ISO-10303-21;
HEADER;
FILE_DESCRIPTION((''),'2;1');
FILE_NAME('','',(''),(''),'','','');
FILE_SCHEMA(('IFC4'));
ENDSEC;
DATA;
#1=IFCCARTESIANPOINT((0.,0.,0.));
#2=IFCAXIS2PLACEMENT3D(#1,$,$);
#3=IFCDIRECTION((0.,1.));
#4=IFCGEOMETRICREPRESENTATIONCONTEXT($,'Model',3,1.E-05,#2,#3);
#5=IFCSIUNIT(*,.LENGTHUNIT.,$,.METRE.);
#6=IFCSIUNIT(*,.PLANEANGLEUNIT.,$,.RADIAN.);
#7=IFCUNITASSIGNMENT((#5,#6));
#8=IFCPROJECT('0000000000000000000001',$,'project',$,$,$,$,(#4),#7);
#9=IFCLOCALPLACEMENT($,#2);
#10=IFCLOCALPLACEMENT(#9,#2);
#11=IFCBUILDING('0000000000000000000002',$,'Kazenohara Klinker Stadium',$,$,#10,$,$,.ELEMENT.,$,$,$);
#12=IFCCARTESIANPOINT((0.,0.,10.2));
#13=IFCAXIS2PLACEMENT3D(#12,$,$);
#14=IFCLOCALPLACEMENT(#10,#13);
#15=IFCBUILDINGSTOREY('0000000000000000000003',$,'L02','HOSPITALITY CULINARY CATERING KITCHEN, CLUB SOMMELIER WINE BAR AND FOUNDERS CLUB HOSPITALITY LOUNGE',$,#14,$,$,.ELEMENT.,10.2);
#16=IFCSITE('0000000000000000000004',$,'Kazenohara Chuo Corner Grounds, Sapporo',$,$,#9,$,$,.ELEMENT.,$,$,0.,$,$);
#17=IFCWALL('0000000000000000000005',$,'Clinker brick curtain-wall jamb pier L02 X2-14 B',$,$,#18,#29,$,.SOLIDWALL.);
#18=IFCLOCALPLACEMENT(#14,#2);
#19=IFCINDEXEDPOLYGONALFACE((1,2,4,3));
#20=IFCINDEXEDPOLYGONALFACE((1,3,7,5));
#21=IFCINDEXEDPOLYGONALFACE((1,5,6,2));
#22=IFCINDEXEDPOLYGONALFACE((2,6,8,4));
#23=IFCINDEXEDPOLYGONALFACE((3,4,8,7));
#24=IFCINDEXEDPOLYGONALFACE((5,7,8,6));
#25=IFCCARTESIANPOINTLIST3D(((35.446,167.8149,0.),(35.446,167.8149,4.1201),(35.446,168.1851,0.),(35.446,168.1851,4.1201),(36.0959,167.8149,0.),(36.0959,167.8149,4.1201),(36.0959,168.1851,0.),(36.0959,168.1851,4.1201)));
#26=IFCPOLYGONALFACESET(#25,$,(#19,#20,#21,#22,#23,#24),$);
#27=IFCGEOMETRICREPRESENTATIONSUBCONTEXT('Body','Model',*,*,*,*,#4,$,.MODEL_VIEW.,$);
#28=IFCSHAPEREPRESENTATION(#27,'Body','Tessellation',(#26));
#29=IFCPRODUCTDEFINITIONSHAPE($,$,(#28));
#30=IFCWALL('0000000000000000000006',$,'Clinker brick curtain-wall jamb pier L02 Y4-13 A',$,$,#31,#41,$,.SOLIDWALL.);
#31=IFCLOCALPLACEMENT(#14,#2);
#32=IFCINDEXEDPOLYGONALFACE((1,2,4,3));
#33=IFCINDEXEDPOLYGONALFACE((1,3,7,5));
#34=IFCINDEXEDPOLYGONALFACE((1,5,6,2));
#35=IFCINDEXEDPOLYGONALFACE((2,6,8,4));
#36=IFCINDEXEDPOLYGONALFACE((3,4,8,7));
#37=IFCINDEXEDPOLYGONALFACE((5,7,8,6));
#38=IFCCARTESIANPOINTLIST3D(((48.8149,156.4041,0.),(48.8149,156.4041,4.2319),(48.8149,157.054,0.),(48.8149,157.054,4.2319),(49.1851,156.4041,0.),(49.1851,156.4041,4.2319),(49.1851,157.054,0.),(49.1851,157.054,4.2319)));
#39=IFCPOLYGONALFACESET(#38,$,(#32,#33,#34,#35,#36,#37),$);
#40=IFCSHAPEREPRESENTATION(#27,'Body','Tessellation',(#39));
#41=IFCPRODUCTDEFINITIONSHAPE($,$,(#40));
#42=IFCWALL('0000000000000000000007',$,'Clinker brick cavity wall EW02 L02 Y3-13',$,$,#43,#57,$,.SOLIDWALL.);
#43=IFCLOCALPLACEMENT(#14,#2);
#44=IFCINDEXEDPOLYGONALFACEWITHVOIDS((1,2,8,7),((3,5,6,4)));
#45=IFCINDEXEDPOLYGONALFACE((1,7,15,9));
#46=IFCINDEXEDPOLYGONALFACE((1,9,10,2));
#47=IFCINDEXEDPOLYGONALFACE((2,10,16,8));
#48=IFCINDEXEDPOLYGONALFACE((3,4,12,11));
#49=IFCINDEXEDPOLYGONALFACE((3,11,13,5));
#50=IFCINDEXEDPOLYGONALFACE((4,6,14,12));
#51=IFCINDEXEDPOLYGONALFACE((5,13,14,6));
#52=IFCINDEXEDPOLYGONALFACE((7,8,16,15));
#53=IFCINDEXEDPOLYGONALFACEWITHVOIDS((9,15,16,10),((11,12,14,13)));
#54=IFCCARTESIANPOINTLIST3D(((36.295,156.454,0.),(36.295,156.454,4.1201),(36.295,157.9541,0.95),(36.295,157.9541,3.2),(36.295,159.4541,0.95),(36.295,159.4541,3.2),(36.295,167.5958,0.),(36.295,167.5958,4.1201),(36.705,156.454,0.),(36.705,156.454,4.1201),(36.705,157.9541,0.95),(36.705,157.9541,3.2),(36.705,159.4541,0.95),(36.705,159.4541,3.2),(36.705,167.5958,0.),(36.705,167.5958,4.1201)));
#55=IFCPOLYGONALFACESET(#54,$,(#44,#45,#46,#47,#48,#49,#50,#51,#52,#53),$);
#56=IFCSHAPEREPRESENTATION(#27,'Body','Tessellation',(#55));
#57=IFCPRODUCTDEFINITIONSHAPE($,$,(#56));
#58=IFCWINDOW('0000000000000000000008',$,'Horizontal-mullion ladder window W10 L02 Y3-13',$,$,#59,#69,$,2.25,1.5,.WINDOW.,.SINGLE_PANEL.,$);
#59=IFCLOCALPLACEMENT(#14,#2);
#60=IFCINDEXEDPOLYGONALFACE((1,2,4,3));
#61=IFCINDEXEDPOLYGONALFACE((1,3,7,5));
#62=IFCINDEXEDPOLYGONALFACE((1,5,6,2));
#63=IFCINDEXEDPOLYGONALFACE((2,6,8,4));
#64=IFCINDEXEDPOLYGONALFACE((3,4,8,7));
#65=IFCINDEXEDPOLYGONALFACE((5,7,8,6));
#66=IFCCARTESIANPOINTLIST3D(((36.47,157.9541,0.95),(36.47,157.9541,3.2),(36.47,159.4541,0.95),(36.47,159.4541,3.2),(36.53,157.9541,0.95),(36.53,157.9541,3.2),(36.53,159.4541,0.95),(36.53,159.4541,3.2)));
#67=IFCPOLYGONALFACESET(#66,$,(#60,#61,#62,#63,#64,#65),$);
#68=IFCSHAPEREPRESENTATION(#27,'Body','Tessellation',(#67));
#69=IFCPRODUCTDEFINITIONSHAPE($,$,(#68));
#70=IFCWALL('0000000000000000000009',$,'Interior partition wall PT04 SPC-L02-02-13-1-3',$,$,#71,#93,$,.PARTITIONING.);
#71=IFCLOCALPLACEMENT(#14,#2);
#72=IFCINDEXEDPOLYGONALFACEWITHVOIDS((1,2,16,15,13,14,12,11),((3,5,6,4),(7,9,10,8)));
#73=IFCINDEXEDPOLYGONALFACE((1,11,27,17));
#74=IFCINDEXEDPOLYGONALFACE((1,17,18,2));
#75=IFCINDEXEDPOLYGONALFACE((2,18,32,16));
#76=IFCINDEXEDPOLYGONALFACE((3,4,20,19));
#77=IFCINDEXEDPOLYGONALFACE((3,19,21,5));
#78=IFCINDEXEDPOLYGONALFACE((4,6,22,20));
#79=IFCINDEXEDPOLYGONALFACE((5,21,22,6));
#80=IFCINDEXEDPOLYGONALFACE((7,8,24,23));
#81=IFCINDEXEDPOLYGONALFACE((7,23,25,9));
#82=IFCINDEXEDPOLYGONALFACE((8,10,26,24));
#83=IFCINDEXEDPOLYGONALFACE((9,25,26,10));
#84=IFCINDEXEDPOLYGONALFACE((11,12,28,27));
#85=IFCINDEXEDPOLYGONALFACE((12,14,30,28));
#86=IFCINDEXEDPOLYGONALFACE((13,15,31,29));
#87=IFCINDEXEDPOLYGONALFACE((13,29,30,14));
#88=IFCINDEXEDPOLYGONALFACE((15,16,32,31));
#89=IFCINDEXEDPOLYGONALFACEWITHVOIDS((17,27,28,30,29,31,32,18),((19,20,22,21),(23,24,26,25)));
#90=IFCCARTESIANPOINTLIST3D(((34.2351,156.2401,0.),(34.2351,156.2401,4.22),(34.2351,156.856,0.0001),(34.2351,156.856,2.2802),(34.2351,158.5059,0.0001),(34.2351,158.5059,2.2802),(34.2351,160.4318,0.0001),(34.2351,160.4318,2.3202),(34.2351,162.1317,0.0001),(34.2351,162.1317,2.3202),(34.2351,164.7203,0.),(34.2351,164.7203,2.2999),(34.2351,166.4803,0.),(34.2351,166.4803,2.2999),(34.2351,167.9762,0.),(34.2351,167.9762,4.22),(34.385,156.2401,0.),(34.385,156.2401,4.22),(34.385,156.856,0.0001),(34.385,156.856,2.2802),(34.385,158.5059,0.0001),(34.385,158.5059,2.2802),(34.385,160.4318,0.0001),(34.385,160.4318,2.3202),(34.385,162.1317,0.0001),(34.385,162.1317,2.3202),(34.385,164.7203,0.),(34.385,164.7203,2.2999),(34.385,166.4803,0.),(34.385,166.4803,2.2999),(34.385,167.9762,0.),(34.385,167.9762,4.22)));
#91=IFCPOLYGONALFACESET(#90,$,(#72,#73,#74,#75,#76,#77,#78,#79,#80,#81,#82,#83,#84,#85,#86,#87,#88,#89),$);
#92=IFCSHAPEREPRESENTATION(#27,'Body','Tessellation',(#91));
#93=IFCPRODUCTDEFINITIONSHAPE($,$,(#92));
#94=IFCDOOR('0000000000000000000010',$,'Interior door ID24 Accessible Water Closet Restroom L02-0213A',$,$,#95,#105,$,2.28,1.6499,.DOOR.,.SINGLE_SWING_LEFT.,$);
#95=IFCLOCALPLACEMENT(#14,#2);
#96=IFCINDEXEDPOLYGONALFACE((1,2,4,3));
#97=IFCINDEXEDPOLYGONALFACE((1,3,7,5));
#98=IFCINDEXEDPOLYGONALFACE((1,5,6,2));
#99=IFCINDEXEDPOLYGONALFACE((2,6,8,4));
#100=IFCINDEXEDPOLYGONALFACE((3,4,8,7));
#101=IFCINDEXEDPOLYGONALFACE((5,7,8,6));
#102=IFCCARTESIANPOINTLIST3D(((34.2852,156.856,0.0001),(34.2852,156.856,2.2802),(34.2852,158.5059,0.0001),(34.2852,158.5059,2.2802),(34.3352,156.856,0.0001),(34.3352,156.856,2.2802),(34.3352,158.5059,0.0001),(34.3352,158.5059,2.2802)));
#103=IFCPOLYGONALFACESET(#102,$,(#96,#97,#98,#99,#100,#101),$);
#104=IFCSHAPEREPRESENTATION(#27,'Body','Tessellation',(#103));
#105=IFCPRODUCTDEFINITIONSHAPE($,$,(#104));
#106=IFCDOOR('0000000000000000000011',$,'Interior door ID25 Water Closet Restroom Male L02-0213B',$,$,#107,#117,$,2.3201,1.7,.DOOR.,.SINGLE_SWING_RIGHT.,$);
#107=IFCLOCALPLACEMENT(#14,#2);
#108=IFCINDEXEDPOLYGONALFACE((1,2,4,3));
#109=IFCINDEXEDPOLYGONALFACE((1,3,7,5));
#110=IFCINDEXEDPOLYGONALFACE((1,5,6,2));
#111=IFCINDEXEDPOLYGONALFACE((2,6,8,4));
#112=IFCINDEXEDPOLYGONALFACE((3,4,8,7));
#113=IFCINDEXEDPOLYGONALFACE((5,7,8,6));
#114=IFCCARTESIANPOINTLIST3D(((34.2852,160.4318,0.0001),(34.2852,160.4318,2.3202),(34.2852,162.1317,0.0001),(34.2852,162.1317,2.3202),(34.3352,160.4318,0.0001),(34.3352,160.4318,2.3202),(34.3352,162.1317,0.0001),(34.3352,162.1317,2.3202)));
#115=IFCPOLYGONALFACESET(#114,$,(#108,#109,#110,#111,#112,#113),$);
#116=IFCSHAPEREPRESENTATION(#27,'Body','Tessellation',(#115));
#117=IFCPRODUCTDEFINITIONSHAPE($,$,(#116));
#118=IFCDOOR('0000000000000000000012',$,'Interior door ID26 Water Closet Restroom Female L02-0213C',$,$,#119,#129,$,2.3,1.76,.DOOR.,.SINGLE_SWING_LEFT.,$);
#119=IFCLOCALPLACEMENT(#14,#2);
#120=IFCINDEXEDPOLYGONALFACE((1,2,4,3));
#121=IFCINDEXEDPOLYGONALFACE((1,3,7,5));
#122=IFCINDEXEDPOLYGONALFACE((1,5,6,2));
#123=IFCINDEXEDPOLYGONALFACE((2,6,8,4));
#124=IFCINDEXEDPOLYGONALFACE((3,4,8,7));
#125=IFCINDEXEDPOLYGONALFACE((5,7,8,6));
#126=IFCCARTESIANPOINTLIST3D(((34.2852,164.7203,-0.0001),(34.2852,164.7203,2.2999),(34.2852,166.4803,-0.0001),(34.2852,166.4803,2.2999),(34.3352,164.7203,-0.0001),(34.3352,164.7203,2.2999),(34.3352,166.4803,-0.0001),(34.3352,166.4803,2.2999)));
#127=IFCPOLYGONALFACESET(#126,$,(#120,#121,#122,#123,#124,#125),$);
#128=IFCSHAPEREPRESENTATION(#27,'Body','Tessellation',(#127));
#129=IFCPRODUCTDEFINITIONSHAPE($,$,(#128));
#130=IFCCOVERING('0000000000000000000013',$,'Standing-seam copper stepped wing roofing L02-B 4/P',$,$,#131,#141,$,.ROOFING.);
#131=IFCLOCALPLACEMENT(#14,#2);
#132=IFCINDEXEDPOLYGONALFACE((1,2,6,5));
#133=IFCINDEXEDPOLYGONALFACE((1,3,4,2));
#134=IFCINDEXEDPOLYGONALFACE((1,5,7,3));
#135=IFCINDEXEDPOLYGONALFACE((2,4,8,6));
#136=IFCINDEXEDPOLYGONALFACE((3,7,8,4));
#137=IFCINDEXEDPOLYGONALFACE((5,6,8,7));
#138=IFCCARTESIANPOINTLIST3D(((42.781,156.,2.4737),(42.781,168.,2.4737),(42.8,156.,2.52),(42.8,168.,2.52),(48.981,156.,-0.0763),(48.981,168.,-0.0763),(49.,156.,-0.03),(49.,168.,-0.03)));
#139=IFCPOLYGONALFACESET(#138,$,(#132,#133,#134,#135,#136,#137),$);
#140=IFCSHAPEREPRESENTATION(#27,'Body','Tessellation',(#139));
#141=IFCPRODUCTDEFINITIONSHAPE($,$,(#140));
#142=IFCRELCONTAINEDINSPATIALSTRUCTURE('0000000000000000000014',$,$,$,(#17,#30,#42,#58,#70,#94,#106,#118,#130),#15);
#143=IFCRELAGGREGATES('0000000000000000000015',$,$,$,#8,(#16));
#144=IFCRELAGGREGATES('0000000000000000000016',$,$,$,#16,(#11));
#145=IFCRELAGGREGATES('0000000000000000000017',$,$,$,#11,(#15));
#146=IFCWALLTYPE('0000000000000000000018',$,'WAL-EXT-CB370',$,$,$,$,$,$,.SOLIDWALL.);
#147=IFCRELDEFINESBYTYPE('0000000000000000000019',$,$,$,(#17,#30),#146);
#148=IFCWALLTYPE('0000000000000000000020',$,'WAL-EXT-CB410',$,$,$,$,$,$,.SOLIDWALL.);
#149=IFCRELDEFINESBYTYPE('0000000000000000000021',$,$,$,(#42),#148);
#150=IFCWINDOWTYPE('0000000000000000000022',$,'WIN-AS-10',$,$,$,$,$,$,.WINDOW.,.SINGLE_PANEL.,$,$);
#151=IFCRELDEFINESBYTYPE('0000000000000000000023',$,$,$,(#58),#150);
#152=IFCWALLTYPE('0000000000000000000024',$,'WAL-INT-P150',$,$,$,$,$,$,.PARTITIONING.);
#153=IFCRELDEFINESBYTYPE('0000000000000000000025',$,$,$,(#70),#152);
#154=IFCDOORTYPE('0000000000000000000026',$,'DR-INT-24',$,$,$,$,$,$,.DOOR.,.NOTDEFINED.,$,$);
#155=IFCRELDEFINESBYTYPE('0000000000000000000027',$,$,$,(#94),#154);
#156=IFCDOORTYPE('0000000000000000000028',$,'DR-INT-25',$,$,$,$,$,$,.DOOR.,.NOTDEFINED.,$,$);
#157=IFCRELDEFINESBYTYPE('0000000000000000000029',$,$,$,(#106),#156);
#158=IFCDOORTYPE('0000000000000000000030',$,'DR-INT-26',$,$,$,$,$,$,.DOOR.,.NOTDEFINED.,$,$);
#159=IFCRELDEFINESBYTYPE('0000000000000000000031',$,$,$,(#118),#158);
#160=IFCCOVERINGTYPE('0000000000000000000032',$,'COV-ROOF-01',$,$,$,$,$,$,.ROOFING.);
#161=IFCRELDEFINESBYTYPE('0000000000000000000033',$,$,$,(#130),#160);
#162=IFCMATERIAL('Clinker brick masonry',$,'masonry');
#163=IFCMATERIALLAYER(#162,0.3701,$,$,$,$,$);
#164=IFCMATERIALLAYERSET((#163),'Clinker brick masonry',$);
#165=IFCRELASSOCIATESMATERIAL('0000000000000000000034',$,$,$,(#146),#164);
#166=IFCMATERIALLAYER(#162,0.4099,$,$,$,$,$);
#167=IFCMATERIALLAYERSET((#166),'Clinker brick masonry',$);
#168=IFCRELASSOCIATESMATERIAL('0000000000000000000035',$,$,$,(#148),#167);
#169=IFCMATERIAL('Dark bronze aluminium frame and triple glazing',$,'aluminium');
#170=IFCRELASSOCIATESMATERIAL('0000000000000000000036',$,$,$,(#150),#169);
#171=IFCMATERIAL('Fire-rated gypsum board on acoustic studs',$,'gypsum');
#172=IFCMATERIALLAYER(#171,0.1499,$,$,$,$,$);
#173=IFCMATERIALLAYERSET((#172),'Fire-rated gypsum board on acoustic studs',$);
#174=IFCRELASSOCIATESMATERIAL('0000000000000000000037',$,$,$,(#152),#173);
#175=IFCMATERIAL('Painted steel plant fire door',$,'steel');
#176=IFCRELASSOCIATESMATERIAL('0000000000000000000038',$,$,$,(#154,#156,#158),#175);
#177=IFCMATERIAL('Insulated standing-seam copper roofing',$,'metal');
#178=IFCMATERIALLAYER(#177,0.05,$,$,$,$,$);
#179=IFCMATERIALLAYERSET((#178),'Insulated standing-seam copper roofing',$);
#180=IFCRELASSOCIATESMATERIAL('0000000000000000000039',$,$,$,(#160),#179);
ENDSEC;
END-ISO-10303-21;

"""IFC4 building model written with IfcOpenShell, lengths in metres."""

from ifc_helpers import new_model, si_unit, direction, frame, frame_2d, origin, place, context, subcontext, project, spatial, polyline, rectangle, outline, extrude, material, layer, layer_set, type_object, element, fill, save


model = new_model("IFC4")

# Units and contexts
model_context = context("Model", 3, precision=1e-05, world=origin(), true_north=direction((0.0, 1.0)))
body_context = subcontext(model_context, "Body", "Model", "MODEL_VIEW")
ifc_project = project(units=[si_unit("LENGTHUNIT", "METRE"), si_unit("PLANEANGLEUNIT", "RADIAN")], contexts=[model_context])

# Site, building, storey
site_placement = place(None, origin())
site = spatial("IfcSite", under=ifc_project, at=site_placement, Name="Kazenohara Chuo Corner Grounds, Sapporo", CompositionType="ELEMENT", RefElevation=0.0)
building_placement = place(site_placement, origin())
building = spatial("IfcBuilding", under=site, at=building_placement, Name="Kazenohara Klinker Stadium", CompositionType="ELEMENT")
storey_placement = place(building_placement, frame((0.0, 0.0, 10.2)))
storey = spatial("IfcBuildingStorey", under=building, at=storey_placement, Name="L02", Description="HOSPITALITY CULINARY CATERING KITCHEN, CLUB SOMMELIER WINE BAR AND FOUNDERS CLUB HOSPITALITY LOUNGE", CompositionType="ELEMENT", Elevation=10.2)

# Walls
ifc_material_1 = material(Name="Clinker brick masonry", Category="masonry")
ifc_layer_1 = layer(ifc_material_1, 0.3701)
ifc_layer_set_1 = layer_set([ifc_layer_1], Name="Clinker brick masonry")
wall_type_1 = type_object("IfcWallType", Name="WAL-EXT-CB370", PredefinedType="SOLIDWALL", material=ifc_layer_set_1)
wall_1_placement = place(storey_placement, frame((35.446, 168.0, 0.0), z_axis=(0.0, 0.0, 1.0), x_axis=(1.0, 0.0, 0.0)))
element("IfcWall", 1, at=wall_1_placement, inside=storey, type_object=wall_type_1, Name="Clinker brick curtain-wall jamb pier L02 X2-14 B", PredefinedType="SOLIDWALL", context=body_context, shape_type="SweptSolid", body=[
    extrude(rectangle(XDim=0.6499, YDim=0.3701, at=frame_2d((0.325, 0.0))), origin(), (0.0, 0.0, 1.0), 4.1201),
])
wall_2_placement = place(storey_placement, frame((49.0, 156.4041, 0.0), z_axis=(0.0, 0.0, 1.0), x_axis=(0.0, 1.0, 0.0)))
element("IfcWall", 2, at=wall_2_placement, inside=storey, type_object=wall_type_1, Name="Clinker brick curtain-wall jamb pier L02 Y4-13 A", PredefinedType="SOLIDWALL", context=body_context, shape_type="SweptSolid", body=[
    extrude(rectangle(XDim=0.6499, YDim=0.3701, at=frame_2d((0.325, 0.0))), origin(), (0.0, 0.0, 1.0), 4.2319),
])

# Wall, opening, window
ifc_layer_2 = layer(ifc_material_1, 0.4099)
ifc_layer_set_2 = layer_set([ifc_layer_2], Name="Clinker brick masonry")
wall_type_2 = type_object("IfcWallType", Name="WAL-EXT-CB410", PredefinedType="SOLIDWALL", material=ifc_layer_set_2)
wall_3_placement = place(storey_placement, frame((36.5, 156.4541, 0.0), z_axis=(0.0, 0.0, 1.0), x_axis=(0.0, 1.0, 0.0)))
wall_3 = element("IfcWall", 3, at=wall_3_placement, inside=storey, type_object=wall_type_2, Name="Clinker brick cavity wall EW02 L02 Y3-13", PredefinedType="SOLIDWALL", context=body_context, shape_type="SweptSolid", body=[
    extrude(rectangle(XDim=11.1418, YDim=0.4099, at=frame_2d((5.5708, 0.0))), origin(), (0.0, 0.0, 1.0), 4.1201),
])
opening_1_placement = place(wall_3_placement, frame((1.5, 0.0, 0.95)))
opening_1 = element("IfcOpeningElement", 4, at=opening_1_placement, cuts=wall_3, PredefinedType="OPENING", context=body_context, shape_type="SweptSolid", body=[
    extrude(rectangle(XDim=1.5, YDim=2.25, at=frame_2d((0.75, 1.125))), frame((0.0, 0.2148, 0.0), z_axis=(0.0, -1.0, 0.0), x_axis=(1.0, 0.0, 0.0)), (0.0, 0.0, 1.0), 0.4299),
])
ifc_material_2 = material(Name="Dark bronze aluminium frame and triple glazing", Category="aluminium")
window_type = type_object("IfcWindowType", Name="WIN-AS-10", PartitioningType="SINGLE_PANEL", PredefinedType="WINDOW", material=ifc_material_2)
window_placement = place(opening_1_placement, origin())
window = element("IfcWindow", 5, at=window_placement, inside=storey, type_object=window_type, Name="Horizontal-mullion ladder window W10 L02 Y3-13", OverallHeight=2.25, OverallWidth=1.5, PartitioningType="SINGLE_PANEL", PredefinedType="WINDOW", context=body_context, shape_type="SweptSolid", body=[
    extrude(rectangle(XDim=1.5, YDim=2.25, at=frame_2d((0.75, 1.125))), frame((0.0, 0.03, 0.0), z_axis=(0.0, -1.0, 0.0), x_axis=(1.0, 0.0, 0.0)), (0.0, 0.0, 1.0), 0.0601),
])
fill(opening_1, window)

# Wall, openings, doors
ifc_material_3 = material(Name="Fire-rated gypsum board on acoustic studs", Category="gypsum")
ifc_layer_3 = layer(ifc_material_3, 0.1499)
ifc_layer_set_3 = layer_set([ifc_layer_3], Name="Fire-rated gypsum board on acoustic studs")
wall_type_3 = type_object("IfcWallType", Name="WAL-INT-P150", PredefinedType="PARTITIONING", material=ifc_layer_set_3)
wall_4_placement = place(storey_placement, frame((34.3101, 156.24, 0.0), z_axis=(0.0, 0.0, 1.0), x_axis=(0.0, 1.0, 0.0)))
wall_4 = element("IfcWall", 6, at=wall_4_placement, inside=storey, type_object=wall_type_3, Name="Interior partition wall PT04 SPC-L02-02-13-1-3", PredefinedType="PARTITIONING", context=body_context, shape_type="SweptSolid", body=[
    extrude(rectangle(XDim=11.7361, YDim=0.1499, at=frame_2d((5.8682, 0.0))), origin(), (0.0, 0.0, 1.0), 4.22),
])
opening_2_placement = place(wall_4_placement, frame((0.616, 0.0, 0.0)))
opening_2 = element("IfcOpeningElement", 7, at=opening_2_placement, cuts=wall_4, PredefinedType="OPENING", context=body_context, shape_type="SweptSolid", body=[
    extrude(rectangle(XDim=1.6499, YDim=2.28, at=frame_2d((0.825, 1.1401))), frame((0.0, 0.085, 0.0), z_axis=(0.0, -1.0, 0.0), x_axis=(1.0, 0.0, 0.0)), (0.0, 0.0, 1.0), 0.1699),
])
opening_3_placement = place(wall_4_placement, frame((4.1917, 0.0, 0.0)))
opening_3 = element("IfcOpeningElement", 8, at=opening_3_placement, cuts=wall_4, PredefinedType="OPENING", context=body_context, shape_type="SweptSolid", body=[
    extrude(rectangle(XDim=1.7, YDim=2.3201, at=frame_2d((0.8501, 1.1602))), frame((0.0, 0.085, 0.0), z_axis=(0.0, -1.0, 0.0), x_axis=(1.0, 0.0, 0.0)), (0.0, 0.0, 1.0), 0.1699),
])
opening_4_placement = place(wall_4_placement, frame((8.4805, 0.0, 0.0)))
opening_4 = element("IfcOpeningElement", 9, at=opening_4_placement, cuts=wall_4, PredefinedType="OPENING", context=body_context, shape_type="SweptSolid", body=[
    extrude(rectangle(XDim=1.76, YDim=2.3, at=frame_2d((0.8799, 1.1499))), frame((0.0, 0.085, 0.0), z_axis=(0.0, -1.0, 0.0), x_axis=(1.0, 0.0, 0.0)), (0.0, 0.0, 1.0), 0.1699),
])
ifc_material_4 = material(Name="Painted steel plant fire door", Category="steel")
door_type_1 = type_object("IfcDoorType", Name="DR-INT-24", OperationType="NOTDEFINED", PredefinedType="DOOR", material=ifc_material_4)
door_1_placement = place(opening_2_placement, origin())
door_1 = element("IfcDoor", 10, at=door_1_placement, inside=storey, type_object=door_type_1, Name="Interior door ID24 Accessible Water Closet Restroom L02-0213A", OperationType="SINGLE_SWING_LEFT", OverallHeight=2.28, OverallWidth=1.6499, PredefinedType="DOOR", context=body_context, shape_type="SweptSolid", body=[
    extrude(rectangle(XDim=1.6499, YDim=2.28, at=frame_2d((0.825, 1.1401))), frame((0.0, 0.0249, 0.0), z_axis=(0.0, -1.0, 0.0), x_axis=(1.0, 0.0, 0.0)), (0.0, 0.0, 1.0), 0.05),
])
fill(opening_2, door_1)
door_type_2 = type_object("IfcDoorType", Name="DR-INT-25", OperationType="NOTDEFINED", PredefinedType="DOOR", material=ifc_material_4)
door_2_placement = place(opening_3_placement, origin())
door_2 = element("IfcDoor", 11, at=door_2_placement, inside=storey, type_object=door_type_2, Name="Interior door ID25 Water Closet Restroom Male L02-0213B", OperationType="SINGLE_SWING_RIGHT", OverallHeight=2.3201, OverallWidth=1.7, PredefinedType="DOOR", context=body_context, shape_type="SweptSolid", body=[
    extrude(rectangle(XDim=1.7, YDim=2.3201, at=frame_2d((0.8501, 1.1602))), frame((0.0, 0.0249, 0.0), z_axis=(0.0, -1.0, 0.0), x_axis=(1.0, 0.0, 0.0)), (0.0, 0.0, 1.0), 0.05),
])
fill(opening_3, door_2)
door_type_3 = type_object("IfcDoorType", Name="DR-INT-26", OperationType="NOTDEFINED", PredefinedType="DOOR", material=ifc_material_4)
door_3_placement = place(opening_4_placement, origin())
door_3 = element("IfcDoor", 12, at=door_3_placement, inside=storey, type_object=door_type_3, Name="Interior door ID26 Water Closet Restroom Female L02-0213C", OperationType="SINGLE_SWING_LEFT", OverallHeight=2.3, OverallWidth=1.76, PredefinedType="DOOR", context=body_context, shape_type="SweptSolid", body=[
    extrude(rectangle(XDim=1.76, YDim=2.3, at=frame_2d((0.8799, 1.1499))), frame((0.0, 0.0249, 0.0), z_axis=(0.0, -1.0, 0.0), x_axis=(1.0, 0.0, 0.0)), (0.0, 0.0, 1.0), 0.05),
])
fill(opening_4, door_3)

# Covering
ifc_material_5 = material(Name="Insulated standing-seam copper roofing", Category="metal")
ifc_layer_4 = layer(ifc_material_5, 0.05)
ifc_layer_set_4 = layer_set([ifc_layer_4], Name="Insulated standing-seam copper roofing")
covering_type = type_object("IfcCoveringType", Name="COV-ROOF-01", PredefinedType="ROOFING", material=ifc_layer_set_4)
covering_placement = place(storey_placement, frame((42.8, 156.0, 2.52), z_axis=(0.380383, 0.0, 0.924829), x_axis=(0.924829, 0.0, -0.380383)))
element("IfcCovering", 13, at=covering_placement, inside=storey, type_object=covering_type, Name="Standing-seam copper stepped wing roofing L02-B 4/P", PredefinedType="ROOFING", context=body_context, shape_type="SweptSolid", body=[
    extrude(outline(polyline([(0.0, 0.0), (6.7039, 0.0), (6.7039, 12.0), (0.0, 12.0), (0.0, 0.0)])), origin(), (0.0, 0.0, -1.0), 0.05),
])

save(model, "model.ifc")
